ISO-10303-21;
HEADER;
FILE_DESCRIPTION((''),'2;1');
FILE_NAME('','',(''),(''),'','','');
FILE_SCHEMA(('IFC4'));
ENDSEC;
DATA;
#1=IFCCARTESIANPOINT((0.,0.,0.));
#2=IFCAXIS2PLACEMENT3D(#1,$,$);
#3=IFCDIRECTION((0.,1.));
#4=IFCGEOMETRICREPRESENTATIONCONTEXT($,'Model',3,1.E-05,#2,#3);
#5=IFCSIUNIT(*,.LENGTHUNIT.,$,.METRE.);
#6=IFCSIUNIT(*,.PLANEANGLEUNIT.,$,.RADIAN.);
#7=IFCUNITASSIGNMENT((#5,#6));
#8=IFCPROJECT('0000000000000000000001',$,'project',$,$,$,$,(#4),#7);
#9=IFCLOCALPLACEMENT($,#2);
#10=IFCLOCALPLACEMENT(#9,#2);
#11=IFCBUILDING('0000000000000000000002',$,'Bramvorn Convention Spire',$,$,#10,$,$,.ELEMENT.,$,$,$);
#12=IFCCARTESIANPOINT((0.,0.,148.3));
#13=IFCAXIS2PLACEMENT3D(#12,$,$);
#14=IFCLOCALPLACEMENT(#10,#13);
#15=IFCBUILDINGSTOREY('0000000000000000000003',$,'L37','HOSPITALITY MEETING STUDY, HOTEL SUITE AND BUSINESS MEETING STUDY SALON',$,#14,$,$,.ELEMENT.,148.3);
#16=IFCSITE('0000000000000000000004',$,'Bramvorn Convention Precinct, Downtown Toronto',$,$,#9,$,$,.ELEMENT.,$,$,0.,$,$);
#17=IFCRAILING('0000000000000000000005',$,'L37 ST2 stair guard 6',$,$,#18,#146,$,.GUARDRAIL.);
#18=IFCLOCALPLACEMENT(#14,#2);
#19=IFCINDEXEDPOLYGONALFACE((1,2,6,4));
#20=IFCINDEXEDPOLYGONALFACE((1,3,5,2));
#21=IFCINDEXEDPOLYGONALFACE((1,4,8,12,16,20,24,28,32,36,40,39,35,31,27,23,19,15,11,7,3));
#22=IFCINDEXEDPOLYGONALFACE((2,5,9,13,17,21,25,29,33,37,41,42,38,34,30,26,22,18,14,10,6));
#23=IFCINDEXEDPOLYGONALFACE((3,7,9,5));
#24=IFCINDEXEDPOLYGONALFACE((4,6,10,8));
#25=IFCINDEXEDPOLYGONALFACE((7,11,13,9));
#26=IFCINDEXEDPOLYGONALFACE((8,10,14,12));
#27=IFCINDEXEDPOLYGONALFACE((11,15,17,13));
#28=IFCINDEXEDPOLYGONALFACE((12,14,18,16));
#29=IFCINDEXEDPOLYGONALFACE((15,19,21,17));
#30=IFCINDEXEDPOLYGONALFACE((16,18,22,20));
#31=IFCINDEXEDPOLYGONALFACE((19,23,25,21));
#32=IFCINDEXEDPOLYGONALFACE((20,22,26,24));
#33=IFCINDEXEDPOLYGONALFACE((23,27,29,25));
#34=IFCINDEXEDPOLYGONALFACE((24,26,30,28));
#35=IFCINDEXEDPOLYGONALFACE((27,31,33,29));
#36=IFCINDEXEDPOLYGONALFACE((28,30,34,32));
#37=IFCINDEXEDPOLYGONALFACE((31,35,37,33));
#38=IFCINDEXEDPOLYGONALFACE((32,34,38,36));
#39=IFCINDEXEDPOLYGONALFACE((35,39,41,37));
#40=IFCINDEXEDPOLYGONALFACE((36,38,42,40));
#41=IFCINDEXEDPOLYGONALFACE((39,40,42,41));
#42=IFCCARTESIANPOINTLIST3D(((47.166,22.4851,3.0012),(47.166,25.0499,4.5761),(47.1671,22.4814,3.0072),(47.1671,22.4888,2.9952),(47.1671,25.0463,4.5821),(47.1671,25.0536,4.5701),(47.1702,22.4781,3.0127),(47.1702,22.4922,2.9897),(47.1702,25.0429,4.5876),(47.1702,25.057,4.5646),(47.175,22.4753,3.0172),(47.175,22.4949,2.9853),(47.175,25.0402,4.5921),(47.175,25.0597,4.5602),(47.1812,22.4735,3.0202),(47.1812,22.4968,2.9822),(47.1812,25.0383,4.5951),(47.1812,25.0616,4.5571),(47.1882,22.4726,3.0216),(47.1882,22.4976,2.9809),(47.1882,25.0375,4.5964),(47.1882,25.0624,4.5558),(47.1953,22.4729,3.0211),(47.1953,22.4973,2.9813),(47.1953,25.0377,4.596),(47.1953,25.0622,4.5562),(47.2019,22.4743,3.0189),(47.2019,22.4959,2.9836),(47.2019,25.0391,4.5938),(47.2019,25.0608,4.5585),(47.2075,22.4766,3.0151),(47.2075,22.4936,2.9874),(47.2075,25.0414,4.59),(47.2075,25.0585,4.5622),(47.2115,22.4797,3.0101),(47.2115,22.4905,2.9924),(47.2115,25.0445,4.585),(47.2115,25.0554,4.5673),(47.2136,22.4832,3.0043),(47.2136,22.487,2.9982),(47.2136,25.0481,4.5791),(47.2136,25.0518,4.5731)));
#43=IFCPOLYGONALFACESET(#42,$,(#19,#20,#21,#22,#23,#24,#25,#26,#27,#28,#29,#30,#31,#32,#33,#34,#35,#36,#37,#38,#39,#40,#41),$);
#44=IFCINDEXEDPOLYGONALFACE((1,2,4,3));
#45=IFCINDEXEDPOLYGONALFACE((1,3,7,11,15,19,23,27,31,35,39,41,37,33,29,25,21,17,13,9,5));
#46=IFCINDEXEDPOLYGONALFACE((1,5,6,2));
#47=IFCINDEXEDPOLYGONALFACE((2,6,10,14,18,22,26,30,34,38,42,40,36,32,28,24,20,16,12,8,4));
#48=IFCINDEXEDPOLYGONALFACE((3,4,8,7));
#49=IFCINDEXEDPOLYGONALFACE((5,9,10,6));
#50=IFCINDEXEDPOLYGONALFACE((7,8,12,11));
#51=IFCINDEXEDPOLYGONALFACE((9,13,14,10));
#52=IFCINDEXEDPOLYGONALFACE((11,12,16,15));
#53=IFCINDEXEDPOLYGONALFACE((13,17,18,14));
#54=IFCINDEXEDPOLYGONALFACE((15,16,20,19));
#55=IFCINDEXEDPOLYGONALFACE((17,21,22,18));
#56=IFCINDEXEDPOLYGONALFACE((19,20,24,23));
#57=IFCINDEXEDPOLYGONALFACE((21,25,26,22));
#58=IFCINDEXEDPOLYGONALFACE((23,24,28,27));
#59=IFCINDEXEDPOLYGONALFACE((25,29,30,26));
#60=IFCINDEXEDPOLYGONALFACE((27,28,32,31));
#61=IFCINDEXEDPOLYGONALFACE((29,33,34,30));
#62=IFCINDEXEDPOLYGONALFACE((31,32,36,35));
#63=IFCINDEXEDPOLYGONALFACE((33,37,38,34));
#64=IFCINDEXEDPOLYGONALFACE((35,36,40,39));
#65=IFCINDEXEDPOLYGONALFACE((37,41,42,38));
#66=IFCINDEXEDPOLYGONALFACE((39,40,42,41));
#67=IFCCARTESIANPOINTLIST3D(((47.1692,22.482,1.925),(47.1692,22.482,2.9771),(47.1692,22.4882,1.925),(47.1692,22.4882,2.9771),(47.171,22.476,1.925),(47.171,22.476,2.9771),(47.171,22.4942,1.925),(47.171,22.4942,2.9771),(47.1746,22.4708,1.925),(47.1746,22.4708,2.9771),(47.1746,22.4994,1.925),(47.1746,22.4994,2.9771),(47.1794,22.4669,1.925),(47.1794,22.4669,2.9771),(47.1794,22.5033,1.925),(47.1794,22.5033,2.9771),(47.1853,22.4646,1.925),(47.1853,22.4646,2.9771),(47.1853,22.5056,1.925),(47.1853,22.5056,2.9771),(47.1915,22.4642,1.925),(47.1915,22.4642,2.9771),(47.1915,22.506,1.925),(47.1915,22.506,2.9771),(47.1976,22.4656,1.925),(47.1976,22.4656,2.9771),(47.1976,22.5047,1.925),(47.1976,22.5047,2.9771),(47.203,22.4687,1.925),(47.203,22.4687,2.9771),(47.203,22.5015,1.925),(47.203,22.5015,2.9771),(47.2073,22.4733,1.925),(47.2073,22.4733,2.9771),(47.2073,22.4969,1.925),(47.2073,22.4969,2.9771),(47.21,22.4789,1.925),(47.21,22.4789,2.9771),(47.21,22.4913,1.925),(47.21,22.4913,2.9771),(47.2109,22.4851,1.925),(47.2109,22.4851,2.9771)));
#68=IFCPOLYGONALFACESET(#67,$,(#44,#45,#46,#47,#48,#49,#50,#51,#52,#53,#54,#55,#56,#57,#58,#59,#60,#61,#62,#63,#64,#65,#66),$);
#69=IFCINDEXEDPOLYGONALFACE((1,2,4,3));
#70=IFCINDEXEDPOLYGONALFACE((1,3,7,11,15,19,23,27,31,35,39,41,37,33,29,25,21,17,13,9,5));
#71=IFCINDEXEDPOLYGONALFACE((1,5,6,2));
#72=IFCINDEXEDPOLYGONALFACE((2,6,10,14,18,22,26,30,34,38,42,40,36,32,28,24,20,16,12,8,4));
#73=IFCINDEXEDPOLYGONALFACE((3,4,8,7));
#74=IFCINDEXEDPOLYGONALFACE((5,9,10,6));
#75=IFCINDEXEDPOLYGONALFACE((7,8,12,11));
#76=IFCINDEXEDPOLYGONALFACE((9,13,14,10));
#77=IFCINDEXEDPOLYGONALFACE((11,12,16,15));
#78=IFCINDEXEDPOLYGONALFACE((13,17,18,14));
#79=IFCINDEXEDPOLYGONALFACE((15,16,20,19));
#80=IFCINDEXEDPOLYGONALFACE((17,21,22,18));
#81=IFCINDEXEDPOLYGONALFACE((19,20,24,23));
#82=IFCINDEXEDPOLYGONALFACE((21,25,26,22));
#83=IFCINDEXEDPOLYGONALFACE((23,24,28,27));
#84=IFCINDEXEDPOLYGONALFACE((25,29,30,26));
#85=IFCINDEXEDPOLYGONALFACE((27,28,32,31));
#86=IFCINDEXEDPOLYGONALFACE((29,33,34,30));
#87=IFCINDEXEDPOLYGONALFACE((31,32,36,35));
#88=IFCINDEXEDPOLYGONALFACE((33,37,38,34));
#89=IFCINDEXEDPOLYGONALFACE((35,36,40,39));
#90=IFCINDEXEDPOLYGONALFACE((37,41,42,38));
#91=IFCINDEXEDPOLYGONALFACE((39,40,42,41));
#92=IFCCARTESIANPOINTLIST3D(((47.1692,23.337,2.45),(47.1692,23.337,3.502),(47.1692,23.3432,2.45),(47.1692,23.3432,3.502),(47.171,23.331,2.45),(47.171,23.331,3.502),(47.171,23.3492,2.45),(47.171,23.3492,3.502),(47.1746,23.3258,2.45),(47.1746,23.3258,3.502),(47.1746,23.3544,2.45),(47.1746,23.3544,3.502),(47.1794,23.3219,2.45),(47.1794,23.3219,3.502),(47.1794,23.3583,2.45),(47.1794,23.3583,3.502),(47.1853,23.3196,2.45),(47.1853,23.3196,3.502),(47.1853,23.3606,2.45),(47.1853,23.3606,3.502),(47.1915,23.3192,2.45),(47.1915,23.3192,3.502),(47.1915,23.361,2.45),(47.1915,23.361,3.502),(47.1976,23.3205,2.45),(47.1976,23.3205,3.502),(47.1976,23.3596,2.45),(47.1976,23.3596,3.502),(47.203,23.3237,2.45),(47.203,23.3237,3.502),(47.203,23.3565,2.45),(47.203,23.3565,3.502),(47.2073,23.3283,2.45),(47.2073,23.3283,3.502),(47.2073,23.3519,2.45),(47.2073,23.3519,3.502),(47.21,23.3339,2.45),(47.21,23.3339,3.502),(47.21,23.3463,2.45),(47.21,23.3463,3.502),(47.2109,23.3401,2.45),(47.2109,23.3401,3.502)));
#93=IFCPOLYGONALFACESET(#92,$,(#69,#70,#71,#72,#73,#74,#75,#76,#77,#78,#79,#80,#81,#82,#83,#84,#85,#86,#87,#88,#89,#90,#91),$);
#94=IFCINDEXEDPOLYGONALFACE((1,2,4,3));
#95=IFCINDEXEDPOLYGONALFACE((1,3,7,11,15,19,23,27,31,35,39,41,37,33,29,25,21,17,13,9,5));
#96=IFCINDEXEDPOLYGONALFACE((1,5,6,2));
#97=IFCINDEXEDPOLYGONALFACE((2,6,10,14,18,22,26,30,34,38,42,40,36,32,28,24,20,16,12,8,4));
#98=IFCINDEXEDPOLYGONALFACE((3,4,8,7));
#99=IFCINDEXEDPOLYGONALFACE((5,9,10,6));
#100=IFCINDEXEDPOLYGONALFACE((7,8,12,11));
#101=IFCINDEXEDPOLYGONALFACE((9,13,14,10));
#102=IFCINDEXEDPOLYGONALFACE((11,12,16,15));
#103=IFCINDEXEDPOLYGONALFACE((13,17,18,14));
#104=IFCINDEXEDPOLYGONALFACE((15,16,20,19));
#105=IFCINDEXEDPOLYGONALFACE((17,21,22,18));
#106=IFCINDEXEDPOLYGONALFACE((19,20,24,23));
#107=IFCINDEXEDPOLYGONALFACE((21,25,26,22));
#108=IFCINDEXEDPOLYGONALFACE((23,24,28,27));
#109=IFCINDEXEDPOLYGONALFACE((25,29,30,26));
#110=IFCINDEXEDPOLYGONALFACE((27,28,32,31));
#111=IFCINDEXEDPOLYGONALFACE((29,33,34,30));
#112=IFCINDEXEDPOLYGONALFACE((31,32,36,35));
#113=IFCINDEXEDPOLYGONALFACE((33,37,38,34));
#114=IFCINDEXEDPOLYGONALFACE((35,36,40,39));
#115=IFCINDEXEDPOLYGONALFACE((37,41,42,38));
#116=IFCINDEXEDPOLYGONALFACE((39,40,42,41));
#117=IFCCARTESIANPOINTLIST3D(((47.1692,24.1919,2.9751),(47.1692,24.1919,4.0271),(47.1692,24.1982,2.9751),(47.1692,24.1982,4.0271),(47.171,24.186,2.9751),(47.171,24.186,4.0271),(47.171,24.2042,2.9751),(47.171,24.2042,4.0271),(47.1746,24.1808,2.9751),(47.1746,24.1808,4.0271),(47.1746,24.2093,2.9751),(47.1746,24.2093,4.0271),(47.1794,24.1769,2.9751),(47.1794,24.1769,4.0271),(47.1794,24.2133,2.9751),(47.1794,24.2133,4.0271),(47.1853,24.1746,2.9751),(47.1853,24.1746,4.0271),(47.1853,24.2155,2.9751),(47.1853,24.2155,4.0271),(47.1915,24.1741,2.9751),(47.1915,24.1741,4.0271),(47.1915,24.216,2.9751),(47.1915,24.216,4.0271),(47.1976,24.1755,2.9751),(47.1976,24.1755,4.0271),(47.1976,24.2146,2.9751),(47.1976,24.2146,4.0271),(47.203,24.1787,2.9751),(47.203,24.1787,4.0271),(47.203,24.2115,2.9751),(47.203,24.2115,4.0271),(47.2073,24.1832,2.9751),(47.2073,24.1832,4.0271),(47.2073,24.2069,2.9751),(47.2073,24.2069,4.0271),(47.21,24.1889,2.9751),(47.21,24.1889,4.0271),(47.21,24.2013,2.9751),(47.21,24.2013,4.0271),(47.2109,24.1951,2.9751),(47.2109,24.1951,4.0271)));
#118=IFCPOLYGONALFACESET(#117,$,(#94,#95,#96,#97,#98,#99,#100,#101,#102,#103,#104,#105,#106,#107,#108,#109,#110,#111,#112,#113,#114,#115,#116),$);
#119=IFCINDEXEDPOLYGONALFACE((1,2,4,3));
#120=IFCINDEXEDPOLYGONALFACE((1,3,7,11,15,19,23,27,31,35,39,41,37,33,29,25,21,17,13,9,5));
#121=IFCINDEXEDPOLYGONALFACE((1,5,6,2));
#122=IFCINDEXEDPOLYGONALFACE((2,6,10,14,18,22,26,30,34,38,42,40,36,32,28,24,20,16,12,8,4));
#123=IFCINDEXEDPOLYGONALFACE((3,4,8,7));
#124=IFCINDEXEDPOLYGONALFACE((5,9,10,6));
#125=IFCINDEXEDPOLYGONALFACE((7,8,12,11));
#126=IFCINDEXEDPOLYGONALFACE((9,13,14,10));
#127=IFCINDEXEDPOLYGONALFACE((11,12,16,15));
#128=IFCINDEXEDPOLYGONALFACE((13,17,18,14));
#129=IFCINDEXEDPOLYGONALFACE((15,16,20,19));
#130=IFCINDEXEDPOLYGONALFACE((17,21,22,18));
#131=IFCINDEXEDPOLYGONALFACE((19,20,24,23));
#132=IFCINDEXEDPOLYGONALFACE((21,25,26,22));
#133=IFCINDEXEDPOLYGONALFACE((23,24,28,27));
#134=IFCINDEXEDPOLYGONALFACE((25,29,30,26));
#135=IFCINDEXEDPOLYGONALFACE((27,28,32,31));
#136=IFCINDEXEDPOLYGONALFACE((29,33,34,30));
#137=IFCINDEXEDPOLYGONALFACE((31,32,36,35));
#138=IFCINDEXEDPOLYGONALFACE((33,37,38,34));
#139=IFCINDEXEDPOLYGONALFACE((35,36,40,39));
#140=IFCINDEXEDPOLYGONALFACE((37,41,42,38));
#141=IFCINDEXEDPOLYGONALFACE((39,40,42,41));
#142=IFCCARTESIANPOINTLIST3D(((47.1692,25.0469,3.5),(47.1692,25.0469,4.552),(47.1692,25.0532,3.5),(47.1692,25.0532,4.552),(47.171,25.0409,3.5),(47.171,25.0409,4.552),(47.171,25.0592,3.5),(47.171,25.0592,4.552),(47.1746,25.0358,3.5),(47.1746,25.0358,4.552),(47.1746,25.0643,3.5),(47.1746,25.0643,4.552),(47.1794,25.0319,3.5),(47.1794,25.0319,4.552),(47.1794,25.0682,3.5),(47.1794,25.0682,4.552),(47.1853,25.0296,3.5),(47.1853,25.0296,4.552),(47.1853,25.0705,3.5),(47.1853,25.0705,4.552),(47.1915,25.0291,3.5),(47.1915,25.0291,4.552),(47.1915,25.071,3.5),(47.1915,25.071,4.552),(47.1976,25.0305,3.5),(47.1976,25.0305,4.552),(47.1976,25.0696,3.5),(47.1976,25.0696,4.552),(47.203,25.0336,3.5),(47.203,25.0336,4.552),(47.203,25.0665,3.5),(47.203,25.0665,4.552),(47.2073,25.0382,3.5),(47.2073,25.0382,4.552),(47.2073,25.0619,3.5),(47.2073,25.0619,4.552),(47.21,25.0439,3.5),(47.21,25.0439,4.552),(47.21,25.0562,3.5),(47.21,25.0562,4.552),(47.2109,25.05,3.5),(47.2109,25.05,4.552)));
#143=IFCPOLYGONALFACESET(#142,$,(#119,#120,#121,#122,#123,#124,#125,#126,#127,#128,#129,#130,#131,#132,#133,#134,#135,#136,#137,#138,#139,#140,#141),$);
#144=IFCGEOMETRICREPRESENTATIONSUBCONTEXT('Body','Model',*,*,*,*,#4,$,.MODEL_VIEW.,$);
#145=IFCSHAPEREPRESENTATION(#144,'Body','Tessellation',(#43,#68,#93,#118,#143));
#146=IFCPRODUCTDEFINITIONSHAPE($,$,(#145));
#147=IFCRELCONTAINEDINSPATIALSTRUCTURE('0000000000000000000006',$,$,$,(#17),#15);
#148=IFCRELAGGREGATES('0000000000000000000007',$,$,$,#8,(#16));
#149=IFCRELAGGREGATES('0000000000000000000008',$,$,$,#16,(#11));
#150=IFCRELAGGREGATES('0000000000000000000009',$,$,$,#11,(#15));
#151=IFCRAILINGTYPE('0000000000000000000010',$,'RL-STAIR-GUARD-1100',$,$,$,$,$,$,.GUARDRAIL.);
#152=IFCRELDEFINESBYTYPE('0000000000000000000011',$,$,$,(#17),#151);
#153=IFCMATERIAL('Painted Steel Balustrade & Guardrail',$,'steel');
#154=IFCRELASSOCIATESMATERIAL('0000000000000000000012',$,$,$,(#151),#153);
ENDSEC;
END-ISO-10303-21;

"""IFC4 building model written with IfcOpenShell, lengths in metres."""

from ifc_helpers import new_model, si_unit, direction, frame, origin, origin_2d, place, context, subcontext, project, spatial, circle, extrude, material, type_object, element, save


model = new_model("IFC4")

# Units and contexts
model_context = context("Model", 3, precision=1e-05, world=origin(), true_north=direction((0.0, 1.0)))
body_context = subcontext(model_context, "Body", "Model", "MODEL_VIEW")
ifc_project = project(units=[si_unit("LENGTHUNIT", "METRE"), si_unit("PLANEANGLEUNIT", "RADIAN")], contexts=[model_context])

# Site, building, storey
site_placement = place(None, origin())
site = spatial("IfcSite", under=ifc_project, at=site_placement, Name="Bramvorn Convention Precinct, Downtown Toronto", CompositionType="ELEMENT", RefElevation=0.0)
building_placement = place(site_placement, origin())
building = spatial("IfcBuilding", under=site, at=building_placement, Name="Bramvorn Convention Spire", CompositionType="ELEMENT")
storey_placement = place(building_placement, frame((0.0, 0.0, 148.3)))
storey = spatial("IfcBuildingStorey", under=building, at=storey_placement, Name="L37", Description="HOSPITALITY MEETING STUDY, HOTEL SUITE AND BUSINESS MEETING STUDY SALON", CompositionType="ELEMENT", Elevation=148.3)

# Railing
ifc_material_1 = material(Name="Painted Steel Balustrade & Guardrail", Category="steel")
railing_type_1 = type_object("IfcRailingType", Name="RL-STAIR-GUARD-1100", PredefinedType="GUARDRAIL", material=ifc_material_1)
railing_1_placement = place(storey_placement, frame((47.1899, 22.4851, 1.925)))
element("IfcRailing", 1, at=railing_1_placement, inside=storey, type_object=railing_type_1, Name="L37 ST2 stair guard 6", PredefinedType="GUARDRAIL", context=body_context, shape_type="SweptSolid", body=[
    extrude(circle(Radius=0.0239, at=origin_2d()), frame((0.0, 0.0, 1.0762), z_axis=(0.0, 0.852173, 0.52326), x_axis=(-1.0, 0.0, 0.0)), (0.0, 0.0, 1.0), 3.0098),
    extrude(circle(Radius=0.021, at=origin_2d()), origin(), (0.0, 0.0, 1.0), 1.052),
    extrude(circle(Radius=0.021, at=origin_2d()), frame((0.0, 0.855, 0.5249)), (0.0, 0.0, 1.0), 1.052),
    extrude(circle(Radius=0.021, at=origin_2d()), frame((0.0, 1.71, 1.05)), (0.0, 0.0, 1.0), 1.052),
    extrude(circle(Radius=0.021, at=origin_2d()), frame((0.0, 2.5649, 1.575)), (0.0, 0.0, 1.0), 1.052),
])

save(model, "model.ifc")
